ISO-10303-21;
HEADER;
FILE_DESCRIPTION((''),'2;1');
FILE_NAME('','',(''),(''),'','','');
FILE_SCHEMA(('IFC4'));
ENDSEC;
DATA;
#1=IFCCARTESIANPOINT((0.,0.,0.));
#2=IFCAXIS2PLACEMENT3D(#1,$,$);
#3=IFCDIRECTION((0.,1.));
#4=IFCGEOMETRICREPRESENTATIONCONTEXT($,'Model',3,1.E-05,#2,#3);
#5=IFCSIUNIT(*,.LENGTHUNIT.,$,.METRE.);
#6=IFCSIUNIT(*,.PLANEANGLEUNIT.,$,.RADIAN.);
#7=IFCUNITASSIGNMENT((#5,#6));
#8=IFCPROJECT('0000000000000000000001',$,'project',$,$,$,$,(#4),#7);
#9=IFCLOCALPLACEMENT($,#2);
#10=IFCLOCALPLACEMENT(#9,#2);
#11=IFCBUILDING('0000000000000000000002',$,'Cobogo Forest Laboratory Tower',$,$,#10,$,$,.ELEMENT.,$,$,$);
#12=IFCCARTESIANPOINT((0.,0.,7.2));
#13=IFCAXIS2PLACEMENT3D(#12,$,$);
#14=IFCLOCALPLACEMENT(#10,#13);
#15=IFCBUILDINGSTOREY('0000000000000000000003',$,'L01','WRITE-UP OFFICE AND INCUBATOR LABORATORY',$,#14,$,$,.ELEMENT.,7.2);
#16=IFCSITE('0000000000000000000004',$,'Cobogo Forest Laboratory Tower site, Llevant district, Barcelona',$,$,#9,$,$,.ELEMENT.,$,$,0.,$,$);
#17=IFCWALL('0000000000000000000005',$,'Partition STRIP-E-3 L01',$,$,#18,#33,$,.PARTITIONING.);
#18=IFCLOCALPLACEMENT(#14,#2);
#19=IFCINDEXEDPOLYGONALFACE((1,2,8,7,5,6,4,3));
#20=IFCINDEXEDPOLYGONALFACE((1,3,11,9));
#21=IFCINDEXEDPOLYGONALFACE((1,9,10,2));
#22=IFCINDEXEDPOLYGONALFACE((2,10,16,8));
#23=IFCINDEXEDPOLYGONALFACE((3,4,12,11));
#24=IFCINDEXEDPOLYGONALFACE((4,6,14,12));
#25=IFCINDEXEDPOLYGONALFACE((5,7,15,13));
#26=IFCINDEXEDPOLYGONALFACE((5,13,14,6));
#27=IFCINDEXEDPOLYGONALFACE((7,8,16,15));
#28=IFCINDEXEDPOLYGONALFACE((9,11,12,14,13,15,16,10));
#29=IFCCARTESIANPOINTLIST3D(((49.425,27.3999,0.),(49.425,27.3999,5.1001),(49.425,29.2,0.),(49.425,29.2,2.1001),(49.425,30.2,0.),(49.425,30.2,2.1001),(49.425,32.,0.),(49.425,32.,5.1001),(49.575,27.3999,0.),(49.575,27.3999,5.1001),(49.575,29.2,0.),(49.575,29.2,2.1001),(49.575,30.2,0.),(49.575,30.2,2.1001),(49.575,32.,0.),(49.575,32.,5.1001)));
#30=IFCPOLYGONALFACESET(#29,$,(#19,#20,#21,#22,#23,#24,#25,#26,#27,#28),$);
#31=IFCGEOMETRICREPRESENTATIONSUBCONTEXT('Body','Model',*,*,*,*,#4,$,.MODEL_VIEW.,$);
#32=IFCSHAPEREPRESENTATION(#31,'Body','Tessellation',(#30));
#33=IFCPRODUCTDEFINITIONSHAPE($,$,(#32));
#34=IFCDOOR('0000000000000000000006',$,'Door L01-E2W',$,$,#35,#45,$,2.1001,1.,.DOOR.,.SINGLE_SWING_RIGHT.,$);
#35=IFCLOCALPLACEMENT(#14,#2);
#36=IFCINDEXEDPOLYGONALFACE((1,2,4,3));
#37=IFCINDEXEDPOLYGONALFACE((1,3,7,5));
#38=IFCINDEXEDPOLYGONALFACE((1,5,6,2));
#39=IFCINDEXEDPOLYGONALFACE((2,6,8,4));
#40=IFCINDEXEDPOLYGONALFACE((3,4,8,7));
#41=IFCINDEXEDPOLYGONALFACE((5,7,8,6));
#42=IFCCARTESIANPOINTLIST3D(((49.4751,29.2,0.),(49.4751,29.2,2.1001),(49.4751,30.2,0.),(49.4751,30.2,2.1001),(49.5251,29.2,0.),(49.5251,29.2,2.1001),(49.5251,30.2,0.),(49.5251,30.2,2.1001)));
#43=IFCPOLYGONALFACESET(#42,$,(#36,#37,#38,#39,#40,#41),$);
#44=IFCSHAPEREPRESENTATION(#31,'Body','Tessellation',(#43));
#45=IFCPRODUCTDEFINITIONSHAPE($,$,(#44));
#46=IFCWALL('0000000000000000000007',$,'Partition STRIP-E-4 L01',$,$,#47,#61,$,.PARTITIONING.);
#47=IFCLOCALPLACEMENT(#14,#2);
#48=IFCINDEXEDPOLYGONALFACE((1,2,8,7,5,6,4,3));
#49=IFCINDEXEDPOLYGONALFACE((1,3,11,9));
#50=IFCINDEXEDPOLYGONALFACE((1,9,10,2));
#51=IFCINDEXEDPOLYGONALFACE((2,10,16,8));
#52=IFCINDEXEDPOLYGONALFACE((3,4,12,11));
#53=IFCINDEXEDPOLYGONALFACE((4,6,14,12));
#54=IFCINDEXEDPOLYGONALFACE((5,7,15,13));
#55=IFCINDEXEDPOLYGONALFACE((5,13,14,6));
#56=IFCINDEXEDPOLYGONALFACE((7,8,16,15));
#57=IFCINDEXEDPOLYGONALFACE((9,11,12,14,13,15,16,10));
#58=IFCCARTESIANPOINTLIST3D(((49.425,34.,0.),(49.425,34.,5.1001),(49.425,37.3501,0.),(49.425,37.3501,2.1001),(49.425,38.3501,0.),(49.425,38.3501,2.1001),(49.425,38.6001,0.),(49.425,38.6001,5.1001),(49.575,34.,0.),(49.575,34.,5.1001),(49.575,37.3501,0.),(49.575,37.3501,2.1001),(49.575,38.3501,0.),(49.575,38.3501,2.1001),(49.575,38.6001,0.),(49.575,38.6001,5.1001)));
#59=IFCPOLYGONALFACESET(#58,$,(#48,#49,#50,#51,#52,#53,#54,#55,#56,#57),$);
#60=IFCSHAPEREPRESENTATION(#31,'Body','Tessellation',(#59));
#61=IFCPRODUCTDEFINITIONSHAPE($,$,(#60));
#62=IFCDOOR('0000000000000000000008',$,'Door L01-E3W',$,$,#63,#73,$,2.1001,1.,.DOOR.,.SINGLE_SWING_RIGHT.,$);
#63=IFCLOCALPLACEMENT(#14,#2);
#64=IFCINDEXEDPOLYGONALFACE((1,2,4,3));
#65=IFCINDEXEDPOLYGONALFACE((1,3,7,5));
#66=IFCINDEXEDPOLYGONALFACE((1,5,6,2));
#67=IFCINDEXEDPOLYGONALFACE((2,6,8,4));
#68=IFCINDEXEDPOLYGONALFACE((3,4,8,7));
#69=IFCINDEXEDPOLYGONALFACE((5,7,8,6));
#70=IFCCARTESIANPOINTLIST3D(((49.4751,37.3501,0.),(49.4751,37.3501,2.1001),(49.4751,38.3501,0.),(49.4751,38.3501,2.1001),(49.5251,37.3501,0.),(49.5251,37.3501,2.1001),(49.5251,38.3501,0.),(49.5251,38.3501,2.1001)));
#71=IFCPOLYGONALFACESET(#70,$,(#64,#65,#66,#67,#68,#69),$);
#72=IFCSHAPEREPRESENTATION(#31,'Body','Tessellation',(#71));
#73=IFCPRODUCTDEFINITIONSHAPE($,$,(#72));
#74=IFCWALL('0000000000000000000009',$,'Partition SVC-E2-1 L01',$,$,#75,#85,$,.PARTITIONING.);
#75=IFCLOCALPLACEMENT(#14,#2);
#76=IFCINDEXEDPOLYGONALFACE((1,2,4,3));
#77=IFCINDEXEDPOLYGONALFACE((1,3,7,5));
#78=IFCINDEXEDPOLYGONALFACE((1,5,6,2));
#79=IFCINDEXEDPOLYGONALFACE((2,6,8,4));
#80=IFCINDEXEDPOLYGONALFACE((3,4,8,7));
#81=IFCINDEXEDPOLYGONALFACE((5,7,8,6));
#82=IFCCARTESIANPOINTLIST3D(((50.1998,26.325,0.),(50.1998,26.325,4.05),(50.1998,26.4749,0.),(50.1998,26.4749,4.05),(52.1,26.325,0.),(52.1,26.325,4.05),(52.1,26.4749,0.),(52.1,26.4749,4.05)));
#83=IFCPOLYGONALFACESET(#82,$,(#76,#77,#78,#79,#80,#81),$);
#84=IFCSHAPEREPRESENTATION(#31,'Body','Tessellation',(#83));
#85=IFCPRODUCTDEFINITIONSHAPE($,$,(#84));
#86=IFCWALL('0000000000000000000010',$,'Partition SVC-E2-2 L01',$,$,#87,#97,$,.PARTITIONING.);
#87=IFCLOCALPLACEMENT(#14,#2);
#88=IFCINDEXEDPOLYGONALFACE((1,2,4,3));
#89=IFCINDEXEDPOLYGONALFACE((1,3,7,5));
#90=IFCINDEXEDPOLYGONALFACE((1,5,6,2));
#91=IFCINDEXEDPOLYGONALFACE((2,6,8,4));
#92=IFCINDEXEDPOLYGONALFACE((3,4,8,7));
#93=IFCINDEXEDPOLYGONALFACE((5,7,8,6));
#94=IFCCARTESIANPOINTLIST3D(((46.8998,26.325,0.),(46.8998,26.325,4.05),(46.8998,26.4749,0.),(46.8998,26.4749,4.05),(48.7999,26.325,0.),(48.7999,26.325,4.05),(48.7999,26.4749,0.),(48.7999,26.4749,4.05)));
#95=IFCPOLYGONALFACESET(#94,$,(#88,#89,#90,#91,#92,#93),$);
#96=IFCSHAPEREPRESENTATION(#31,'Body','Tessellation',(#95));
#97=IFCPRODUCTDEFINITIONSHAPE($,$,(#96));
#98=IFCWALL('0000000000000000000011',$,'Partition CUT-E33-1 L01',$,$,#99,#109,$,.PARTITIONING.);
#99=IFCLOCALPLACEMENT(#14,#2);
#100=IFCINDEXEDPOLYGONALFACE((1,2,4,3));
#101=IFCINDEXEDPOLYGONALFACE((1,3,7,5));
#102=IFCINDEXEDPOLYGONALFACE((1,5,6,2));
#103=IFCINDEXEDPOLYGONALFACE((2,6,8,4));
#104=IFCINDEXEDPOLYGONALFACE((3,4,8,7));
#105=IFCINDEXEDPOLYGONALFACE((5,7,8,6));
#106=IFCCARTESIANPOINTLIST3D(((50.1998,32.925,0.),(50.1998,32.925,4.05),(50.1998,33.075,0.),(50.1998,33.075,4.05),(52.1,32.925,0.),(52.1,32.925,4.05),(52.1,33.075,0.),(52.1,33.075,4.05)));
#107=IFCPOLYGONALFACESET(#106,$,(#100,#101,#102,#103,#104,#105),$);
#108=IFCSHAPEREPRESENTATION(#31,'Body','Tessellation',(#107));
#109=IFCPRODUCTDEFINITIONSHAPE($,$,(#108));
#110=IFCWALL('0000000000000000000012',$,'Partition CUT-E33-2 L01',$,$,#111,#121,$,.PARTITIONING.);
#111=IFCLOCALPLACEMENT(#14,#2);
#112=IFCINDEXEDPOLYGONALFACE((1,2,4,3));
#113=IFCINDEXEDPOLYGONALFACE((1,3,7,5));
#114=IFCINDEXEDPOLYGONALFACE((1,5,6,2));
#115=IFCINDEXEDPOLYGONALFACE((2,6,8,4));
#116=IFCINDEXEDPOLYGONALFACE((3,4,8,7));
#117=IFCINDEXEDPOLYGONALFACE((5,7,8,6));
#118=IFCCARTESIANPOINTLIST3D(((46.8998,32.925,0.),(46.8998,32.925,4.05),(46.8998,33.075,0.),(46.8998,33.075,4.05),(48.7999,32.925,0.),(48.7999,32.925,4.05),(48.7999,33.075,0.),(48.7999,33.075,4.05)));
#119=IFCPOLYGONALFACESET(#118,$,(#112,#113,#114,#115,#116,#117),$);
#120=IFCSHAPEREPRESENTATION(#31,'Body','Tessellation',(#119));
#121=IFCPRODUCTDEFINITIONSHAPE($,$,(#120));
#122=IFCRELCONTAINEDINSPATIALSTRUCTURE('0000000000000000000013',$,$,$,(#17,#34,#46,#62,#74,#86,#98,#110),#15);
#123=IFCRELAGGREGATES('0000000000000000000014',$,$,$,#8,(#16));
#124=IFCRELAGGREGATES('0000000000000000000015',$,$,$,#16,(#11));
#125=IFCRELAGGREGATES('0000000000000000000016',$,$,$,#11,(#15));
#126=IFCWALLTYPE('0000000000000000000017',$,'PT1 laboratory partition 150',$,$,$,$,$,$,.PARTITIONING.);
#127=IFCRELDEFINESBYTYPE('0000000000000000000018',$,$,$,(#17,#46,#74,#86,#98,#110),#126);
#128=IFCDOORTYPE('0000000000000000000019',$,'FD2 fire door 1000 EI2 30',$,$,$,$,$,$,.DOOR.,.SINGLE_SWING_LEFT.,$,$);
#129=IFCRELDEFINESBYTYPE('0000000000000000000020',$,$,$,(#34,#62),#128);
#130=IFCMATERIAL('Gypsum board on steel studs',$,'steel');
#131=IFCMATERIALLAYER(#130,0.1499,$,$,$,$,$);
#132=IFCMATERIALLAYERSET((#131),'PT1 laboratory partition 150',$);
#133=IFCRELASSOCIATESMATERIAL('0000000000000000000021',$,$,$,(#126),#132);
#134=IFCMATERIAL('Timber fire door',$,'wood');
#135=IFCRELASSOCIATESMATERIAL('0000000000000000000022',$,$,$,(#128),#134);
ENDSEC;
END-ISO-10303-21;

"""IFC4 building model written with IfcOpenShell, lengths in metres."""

from ifc_helpers import new_model, si_unit, direction, frame, frame_2d, origin, place, context, subcontext, project, spatial, rectangle, extrude, material, layer, layer_set, type_object, element, fill, save


model = new_model("IFC4")

# Units and contexts
model_context = context("Model", 3, precision=1e-05, world=origin(), true_north=direction((0.0, 1.0)))
body_context = subcontext(model_context, "Body", "Model", "MODEL_VIEW")
ifc_project = project(units=[si_unit("LENGTHUNIT", "METRE"), si_unit("PLANEANGLEUNIT", "RADIAN")], contexts=[model_context])

# Site, building, storey
site_placement = place(None, origin())
site = spatial("IfcSite", under=ifc_project, at=site_placement, Name="Cobogo Forest Laboratory Tower site, Llevant district, Barcelona", CompositionType="ELEMENT", RefElevation=0.0)
building_placement = place(site_placement, origin())
building = spatial("IfcBuilding", under=site, at=building_placement, Name="Cobogo Forest Laboratory Tower", CompositionType="ELEMENT")
storey_placement = place(building_placement, frame((0.0, 0.0, 7.2)))
storey = spatial("IfcBuildingStorey", under=building, at=storey_placement, Name="L01", Description="WRITE-UP OFFICE AND INCUBATOR LABORATORY", CompositionType="ELEMENT", Elevation=7.2)

# Walls, openings, doors
ifc_material_1 = material(Name="Gypsum board on steel studs", Category="steel")
ifc_layer_1 = layer(ifc_material_1, 0.1499)
ifc_layer_set_1 = layer_set([ifc_layer_1], Name="PT1 laboratory partition 150")
wall_type = type_object("IfcWallType", Name="PT1 laboratory partition 150", PredefinedType="PARTITIONING", material=ifc_layer_set_1)
wall_1_placement = place(storey_placement, frame((49.5, 27.3999, 0.0), z_axis=(0.0, 0.0, 1.0), x_axis=(0.0, 1.0, 0.0)))
wall_1 = element("IfcWall", 1, at=wall_1_placement, inside=storey, type_object=wall_type, Name="Partition STRIP-E-3 L01", PredefinedType="PARTITIONING", context=body_context, shape_type="SweptSolid", body=[
    extrude(rectangle(XDim=4.6001, YDim=0.1499, at=frame_2d((2.3, 0.0))), origin(), (0.0, 0.0, 1.0), 5.1001),
])
opening_1_placement = place(wall_1_placement, frame((1.8, 0.0, 0.0)))
opening_1 = element("IfcOpeningElement", 2, at=opening_1_placement, cuts=wall_1, PredefinedType="OPENING", context=body_context, shape_type="SweptSolid", body=[
    extrude(rectangle(XDim=1.0, YDim=2.1001, at=frame_2d((0.5, 1.05))), frame((0.0, 0.085, 0.0), z_axis=(0.0, -1.0, 0.0), x_axis=(1.0, 0.0, 0.0)), (0.0, 0.0, 1.0), 0.1699),
])
ifc_material_2 = material(Name="Timber fire door", Category="wood")
door_type = type_object("IfcDoorType", Name="FD2 fire door 1000 EI2 30", OperationType="SINGLE_SWING_LEFT", PredefinedType="DOOR", material=ifc_material_2)
door_1_placement = place(opening_1_placement, origin())
door_1 = element("IfcDoor", 3, at=door_1_placement, inside=storey, type_object=door_type, Name="Door L01-E2W", OperationType="SINGLE_SWING_RIGHT", OverallHeight=2.1001, OverallWidth=1.0, PredefinedType="DOOR", context=body_context, shape_type="SweptSolid", body=[
    extrude(rectangle(XDim=1.0, YDim=2.1001, at=frame_2d((0.5, 1.05))), frame((0.0, 0.0249, 0.0), z_axis=(0.0, -1.0, 0.0), x_axis=(1.0, 0.0, 0.0)), (0.0, 0.0, 1.0), 0.05),
])
fill(opening_1, door_1)
wall_2_placement = place(storey_placement, frame((49.5, 34.0, 0.0), z_axis=(0.0, 0.0, 1.0), x_axis=(0.0, 1.0, 0.0)))
wall_2 = element("IfcWall", 4, at=wall_2_placement, inside=storey, type_object=wall_type, Name="Partition STRIP-E-4 L01", PredefinedType="PARTITIONING", context=body_context, shape_type="SweptSolid", body=[
    extrude(rectangle(XDim=4.6001, YDim=0.1499, at=frame_2d((2.3, 0.0))), origin(), (0.0, 0.0, 1.0), 5.1001),
])
opening_2_placement = place(wall_2_placement, frame((3.3501, 0.0, 0.0)))
opening_2 = element("IfcOpeningElement", 5, at=opening_2_placement, cuts=wall_2, PredefinedType="OPENING", context=body_context, shape_type="SweptSolid", body=[
    extrude(rectangle(XDim=1.0, YDim=2.1001, at=frame_2d((0.5, 1.05))), frame((0.0, 0.085, 0.0), z_axis=(0.0, -1.0, 0.0), x_axis=(1.0, 0.0, 0.0)), (0.0, 0.0, 1.0), 0.1699),
])
door_2_placement = place(opening_2_placement, origin())
door_2 = element("IfcDoor", 6, at=door_2_placement, inside=storey, type_object=door_type, Name="Door L01-E3W", OperationType="SINGLE_SWING_RIGHT", OverallHeight=2.1001, OverallWidth=1.0, PredefinedType="DOOR", context=body_context, shape_type="SweptSolid", body=[
    extrude(rectangle(XDim=1.0, YDim=2.1001, at=frame_2d((0.5, 1.05))), frame((0.0, 0.0249, 0.0), z_axis=(0.0, -1.0, 0.0), x_axis=(1.0, 0.0, 0.0)), (0.0, 0.0, 1.0), 0.05),
])
fill(opening_2, door_2)

# Walls
for number, where, z_axis, x_axis, name in (
    (7, (52.1001, 26.3999, 0.0), (0.0, 0.0, 1.0), (-1.0, 0.0, 0.0), "Partition SVC-E2-1 L01"),
    (8, (48.8, 26.3999, 0.0), (0.0, 0.0, 1.0), (-1.0, 0.0, 0.0), "Partition SVC-E2-2 L01"),
    (9, (52.1001, 33.0, 0.0), (0.0, 0.0, 1.0), (-1.0, 0.0, 0.0), "Partition CUT-E33-1 L01"),
    (10, (48.8, 33.0, 0.0), (0.0, 0.0, 1.0), (-1.0, 0.0, 0.0), "Partition CUT-E33-2 L01"),
):
    element("IfcWall", number, at=place(storey_placement, frame(where, z_axis=z_axis, x_axis=x_axis)), inside=storey, type_object=wall_type, Name=name, PredefinedType="PARTITIONING", context=body_context, shape_type="SweptSolid", body=[
        extrude(rectangle(XDim=1.9001, YDim=0.1499, at=frame_2d((0.9502, 0.0))), origin(), (0.0, 0.0, 1.0), 4.05),
    ])

save(model, "model.ifc")
